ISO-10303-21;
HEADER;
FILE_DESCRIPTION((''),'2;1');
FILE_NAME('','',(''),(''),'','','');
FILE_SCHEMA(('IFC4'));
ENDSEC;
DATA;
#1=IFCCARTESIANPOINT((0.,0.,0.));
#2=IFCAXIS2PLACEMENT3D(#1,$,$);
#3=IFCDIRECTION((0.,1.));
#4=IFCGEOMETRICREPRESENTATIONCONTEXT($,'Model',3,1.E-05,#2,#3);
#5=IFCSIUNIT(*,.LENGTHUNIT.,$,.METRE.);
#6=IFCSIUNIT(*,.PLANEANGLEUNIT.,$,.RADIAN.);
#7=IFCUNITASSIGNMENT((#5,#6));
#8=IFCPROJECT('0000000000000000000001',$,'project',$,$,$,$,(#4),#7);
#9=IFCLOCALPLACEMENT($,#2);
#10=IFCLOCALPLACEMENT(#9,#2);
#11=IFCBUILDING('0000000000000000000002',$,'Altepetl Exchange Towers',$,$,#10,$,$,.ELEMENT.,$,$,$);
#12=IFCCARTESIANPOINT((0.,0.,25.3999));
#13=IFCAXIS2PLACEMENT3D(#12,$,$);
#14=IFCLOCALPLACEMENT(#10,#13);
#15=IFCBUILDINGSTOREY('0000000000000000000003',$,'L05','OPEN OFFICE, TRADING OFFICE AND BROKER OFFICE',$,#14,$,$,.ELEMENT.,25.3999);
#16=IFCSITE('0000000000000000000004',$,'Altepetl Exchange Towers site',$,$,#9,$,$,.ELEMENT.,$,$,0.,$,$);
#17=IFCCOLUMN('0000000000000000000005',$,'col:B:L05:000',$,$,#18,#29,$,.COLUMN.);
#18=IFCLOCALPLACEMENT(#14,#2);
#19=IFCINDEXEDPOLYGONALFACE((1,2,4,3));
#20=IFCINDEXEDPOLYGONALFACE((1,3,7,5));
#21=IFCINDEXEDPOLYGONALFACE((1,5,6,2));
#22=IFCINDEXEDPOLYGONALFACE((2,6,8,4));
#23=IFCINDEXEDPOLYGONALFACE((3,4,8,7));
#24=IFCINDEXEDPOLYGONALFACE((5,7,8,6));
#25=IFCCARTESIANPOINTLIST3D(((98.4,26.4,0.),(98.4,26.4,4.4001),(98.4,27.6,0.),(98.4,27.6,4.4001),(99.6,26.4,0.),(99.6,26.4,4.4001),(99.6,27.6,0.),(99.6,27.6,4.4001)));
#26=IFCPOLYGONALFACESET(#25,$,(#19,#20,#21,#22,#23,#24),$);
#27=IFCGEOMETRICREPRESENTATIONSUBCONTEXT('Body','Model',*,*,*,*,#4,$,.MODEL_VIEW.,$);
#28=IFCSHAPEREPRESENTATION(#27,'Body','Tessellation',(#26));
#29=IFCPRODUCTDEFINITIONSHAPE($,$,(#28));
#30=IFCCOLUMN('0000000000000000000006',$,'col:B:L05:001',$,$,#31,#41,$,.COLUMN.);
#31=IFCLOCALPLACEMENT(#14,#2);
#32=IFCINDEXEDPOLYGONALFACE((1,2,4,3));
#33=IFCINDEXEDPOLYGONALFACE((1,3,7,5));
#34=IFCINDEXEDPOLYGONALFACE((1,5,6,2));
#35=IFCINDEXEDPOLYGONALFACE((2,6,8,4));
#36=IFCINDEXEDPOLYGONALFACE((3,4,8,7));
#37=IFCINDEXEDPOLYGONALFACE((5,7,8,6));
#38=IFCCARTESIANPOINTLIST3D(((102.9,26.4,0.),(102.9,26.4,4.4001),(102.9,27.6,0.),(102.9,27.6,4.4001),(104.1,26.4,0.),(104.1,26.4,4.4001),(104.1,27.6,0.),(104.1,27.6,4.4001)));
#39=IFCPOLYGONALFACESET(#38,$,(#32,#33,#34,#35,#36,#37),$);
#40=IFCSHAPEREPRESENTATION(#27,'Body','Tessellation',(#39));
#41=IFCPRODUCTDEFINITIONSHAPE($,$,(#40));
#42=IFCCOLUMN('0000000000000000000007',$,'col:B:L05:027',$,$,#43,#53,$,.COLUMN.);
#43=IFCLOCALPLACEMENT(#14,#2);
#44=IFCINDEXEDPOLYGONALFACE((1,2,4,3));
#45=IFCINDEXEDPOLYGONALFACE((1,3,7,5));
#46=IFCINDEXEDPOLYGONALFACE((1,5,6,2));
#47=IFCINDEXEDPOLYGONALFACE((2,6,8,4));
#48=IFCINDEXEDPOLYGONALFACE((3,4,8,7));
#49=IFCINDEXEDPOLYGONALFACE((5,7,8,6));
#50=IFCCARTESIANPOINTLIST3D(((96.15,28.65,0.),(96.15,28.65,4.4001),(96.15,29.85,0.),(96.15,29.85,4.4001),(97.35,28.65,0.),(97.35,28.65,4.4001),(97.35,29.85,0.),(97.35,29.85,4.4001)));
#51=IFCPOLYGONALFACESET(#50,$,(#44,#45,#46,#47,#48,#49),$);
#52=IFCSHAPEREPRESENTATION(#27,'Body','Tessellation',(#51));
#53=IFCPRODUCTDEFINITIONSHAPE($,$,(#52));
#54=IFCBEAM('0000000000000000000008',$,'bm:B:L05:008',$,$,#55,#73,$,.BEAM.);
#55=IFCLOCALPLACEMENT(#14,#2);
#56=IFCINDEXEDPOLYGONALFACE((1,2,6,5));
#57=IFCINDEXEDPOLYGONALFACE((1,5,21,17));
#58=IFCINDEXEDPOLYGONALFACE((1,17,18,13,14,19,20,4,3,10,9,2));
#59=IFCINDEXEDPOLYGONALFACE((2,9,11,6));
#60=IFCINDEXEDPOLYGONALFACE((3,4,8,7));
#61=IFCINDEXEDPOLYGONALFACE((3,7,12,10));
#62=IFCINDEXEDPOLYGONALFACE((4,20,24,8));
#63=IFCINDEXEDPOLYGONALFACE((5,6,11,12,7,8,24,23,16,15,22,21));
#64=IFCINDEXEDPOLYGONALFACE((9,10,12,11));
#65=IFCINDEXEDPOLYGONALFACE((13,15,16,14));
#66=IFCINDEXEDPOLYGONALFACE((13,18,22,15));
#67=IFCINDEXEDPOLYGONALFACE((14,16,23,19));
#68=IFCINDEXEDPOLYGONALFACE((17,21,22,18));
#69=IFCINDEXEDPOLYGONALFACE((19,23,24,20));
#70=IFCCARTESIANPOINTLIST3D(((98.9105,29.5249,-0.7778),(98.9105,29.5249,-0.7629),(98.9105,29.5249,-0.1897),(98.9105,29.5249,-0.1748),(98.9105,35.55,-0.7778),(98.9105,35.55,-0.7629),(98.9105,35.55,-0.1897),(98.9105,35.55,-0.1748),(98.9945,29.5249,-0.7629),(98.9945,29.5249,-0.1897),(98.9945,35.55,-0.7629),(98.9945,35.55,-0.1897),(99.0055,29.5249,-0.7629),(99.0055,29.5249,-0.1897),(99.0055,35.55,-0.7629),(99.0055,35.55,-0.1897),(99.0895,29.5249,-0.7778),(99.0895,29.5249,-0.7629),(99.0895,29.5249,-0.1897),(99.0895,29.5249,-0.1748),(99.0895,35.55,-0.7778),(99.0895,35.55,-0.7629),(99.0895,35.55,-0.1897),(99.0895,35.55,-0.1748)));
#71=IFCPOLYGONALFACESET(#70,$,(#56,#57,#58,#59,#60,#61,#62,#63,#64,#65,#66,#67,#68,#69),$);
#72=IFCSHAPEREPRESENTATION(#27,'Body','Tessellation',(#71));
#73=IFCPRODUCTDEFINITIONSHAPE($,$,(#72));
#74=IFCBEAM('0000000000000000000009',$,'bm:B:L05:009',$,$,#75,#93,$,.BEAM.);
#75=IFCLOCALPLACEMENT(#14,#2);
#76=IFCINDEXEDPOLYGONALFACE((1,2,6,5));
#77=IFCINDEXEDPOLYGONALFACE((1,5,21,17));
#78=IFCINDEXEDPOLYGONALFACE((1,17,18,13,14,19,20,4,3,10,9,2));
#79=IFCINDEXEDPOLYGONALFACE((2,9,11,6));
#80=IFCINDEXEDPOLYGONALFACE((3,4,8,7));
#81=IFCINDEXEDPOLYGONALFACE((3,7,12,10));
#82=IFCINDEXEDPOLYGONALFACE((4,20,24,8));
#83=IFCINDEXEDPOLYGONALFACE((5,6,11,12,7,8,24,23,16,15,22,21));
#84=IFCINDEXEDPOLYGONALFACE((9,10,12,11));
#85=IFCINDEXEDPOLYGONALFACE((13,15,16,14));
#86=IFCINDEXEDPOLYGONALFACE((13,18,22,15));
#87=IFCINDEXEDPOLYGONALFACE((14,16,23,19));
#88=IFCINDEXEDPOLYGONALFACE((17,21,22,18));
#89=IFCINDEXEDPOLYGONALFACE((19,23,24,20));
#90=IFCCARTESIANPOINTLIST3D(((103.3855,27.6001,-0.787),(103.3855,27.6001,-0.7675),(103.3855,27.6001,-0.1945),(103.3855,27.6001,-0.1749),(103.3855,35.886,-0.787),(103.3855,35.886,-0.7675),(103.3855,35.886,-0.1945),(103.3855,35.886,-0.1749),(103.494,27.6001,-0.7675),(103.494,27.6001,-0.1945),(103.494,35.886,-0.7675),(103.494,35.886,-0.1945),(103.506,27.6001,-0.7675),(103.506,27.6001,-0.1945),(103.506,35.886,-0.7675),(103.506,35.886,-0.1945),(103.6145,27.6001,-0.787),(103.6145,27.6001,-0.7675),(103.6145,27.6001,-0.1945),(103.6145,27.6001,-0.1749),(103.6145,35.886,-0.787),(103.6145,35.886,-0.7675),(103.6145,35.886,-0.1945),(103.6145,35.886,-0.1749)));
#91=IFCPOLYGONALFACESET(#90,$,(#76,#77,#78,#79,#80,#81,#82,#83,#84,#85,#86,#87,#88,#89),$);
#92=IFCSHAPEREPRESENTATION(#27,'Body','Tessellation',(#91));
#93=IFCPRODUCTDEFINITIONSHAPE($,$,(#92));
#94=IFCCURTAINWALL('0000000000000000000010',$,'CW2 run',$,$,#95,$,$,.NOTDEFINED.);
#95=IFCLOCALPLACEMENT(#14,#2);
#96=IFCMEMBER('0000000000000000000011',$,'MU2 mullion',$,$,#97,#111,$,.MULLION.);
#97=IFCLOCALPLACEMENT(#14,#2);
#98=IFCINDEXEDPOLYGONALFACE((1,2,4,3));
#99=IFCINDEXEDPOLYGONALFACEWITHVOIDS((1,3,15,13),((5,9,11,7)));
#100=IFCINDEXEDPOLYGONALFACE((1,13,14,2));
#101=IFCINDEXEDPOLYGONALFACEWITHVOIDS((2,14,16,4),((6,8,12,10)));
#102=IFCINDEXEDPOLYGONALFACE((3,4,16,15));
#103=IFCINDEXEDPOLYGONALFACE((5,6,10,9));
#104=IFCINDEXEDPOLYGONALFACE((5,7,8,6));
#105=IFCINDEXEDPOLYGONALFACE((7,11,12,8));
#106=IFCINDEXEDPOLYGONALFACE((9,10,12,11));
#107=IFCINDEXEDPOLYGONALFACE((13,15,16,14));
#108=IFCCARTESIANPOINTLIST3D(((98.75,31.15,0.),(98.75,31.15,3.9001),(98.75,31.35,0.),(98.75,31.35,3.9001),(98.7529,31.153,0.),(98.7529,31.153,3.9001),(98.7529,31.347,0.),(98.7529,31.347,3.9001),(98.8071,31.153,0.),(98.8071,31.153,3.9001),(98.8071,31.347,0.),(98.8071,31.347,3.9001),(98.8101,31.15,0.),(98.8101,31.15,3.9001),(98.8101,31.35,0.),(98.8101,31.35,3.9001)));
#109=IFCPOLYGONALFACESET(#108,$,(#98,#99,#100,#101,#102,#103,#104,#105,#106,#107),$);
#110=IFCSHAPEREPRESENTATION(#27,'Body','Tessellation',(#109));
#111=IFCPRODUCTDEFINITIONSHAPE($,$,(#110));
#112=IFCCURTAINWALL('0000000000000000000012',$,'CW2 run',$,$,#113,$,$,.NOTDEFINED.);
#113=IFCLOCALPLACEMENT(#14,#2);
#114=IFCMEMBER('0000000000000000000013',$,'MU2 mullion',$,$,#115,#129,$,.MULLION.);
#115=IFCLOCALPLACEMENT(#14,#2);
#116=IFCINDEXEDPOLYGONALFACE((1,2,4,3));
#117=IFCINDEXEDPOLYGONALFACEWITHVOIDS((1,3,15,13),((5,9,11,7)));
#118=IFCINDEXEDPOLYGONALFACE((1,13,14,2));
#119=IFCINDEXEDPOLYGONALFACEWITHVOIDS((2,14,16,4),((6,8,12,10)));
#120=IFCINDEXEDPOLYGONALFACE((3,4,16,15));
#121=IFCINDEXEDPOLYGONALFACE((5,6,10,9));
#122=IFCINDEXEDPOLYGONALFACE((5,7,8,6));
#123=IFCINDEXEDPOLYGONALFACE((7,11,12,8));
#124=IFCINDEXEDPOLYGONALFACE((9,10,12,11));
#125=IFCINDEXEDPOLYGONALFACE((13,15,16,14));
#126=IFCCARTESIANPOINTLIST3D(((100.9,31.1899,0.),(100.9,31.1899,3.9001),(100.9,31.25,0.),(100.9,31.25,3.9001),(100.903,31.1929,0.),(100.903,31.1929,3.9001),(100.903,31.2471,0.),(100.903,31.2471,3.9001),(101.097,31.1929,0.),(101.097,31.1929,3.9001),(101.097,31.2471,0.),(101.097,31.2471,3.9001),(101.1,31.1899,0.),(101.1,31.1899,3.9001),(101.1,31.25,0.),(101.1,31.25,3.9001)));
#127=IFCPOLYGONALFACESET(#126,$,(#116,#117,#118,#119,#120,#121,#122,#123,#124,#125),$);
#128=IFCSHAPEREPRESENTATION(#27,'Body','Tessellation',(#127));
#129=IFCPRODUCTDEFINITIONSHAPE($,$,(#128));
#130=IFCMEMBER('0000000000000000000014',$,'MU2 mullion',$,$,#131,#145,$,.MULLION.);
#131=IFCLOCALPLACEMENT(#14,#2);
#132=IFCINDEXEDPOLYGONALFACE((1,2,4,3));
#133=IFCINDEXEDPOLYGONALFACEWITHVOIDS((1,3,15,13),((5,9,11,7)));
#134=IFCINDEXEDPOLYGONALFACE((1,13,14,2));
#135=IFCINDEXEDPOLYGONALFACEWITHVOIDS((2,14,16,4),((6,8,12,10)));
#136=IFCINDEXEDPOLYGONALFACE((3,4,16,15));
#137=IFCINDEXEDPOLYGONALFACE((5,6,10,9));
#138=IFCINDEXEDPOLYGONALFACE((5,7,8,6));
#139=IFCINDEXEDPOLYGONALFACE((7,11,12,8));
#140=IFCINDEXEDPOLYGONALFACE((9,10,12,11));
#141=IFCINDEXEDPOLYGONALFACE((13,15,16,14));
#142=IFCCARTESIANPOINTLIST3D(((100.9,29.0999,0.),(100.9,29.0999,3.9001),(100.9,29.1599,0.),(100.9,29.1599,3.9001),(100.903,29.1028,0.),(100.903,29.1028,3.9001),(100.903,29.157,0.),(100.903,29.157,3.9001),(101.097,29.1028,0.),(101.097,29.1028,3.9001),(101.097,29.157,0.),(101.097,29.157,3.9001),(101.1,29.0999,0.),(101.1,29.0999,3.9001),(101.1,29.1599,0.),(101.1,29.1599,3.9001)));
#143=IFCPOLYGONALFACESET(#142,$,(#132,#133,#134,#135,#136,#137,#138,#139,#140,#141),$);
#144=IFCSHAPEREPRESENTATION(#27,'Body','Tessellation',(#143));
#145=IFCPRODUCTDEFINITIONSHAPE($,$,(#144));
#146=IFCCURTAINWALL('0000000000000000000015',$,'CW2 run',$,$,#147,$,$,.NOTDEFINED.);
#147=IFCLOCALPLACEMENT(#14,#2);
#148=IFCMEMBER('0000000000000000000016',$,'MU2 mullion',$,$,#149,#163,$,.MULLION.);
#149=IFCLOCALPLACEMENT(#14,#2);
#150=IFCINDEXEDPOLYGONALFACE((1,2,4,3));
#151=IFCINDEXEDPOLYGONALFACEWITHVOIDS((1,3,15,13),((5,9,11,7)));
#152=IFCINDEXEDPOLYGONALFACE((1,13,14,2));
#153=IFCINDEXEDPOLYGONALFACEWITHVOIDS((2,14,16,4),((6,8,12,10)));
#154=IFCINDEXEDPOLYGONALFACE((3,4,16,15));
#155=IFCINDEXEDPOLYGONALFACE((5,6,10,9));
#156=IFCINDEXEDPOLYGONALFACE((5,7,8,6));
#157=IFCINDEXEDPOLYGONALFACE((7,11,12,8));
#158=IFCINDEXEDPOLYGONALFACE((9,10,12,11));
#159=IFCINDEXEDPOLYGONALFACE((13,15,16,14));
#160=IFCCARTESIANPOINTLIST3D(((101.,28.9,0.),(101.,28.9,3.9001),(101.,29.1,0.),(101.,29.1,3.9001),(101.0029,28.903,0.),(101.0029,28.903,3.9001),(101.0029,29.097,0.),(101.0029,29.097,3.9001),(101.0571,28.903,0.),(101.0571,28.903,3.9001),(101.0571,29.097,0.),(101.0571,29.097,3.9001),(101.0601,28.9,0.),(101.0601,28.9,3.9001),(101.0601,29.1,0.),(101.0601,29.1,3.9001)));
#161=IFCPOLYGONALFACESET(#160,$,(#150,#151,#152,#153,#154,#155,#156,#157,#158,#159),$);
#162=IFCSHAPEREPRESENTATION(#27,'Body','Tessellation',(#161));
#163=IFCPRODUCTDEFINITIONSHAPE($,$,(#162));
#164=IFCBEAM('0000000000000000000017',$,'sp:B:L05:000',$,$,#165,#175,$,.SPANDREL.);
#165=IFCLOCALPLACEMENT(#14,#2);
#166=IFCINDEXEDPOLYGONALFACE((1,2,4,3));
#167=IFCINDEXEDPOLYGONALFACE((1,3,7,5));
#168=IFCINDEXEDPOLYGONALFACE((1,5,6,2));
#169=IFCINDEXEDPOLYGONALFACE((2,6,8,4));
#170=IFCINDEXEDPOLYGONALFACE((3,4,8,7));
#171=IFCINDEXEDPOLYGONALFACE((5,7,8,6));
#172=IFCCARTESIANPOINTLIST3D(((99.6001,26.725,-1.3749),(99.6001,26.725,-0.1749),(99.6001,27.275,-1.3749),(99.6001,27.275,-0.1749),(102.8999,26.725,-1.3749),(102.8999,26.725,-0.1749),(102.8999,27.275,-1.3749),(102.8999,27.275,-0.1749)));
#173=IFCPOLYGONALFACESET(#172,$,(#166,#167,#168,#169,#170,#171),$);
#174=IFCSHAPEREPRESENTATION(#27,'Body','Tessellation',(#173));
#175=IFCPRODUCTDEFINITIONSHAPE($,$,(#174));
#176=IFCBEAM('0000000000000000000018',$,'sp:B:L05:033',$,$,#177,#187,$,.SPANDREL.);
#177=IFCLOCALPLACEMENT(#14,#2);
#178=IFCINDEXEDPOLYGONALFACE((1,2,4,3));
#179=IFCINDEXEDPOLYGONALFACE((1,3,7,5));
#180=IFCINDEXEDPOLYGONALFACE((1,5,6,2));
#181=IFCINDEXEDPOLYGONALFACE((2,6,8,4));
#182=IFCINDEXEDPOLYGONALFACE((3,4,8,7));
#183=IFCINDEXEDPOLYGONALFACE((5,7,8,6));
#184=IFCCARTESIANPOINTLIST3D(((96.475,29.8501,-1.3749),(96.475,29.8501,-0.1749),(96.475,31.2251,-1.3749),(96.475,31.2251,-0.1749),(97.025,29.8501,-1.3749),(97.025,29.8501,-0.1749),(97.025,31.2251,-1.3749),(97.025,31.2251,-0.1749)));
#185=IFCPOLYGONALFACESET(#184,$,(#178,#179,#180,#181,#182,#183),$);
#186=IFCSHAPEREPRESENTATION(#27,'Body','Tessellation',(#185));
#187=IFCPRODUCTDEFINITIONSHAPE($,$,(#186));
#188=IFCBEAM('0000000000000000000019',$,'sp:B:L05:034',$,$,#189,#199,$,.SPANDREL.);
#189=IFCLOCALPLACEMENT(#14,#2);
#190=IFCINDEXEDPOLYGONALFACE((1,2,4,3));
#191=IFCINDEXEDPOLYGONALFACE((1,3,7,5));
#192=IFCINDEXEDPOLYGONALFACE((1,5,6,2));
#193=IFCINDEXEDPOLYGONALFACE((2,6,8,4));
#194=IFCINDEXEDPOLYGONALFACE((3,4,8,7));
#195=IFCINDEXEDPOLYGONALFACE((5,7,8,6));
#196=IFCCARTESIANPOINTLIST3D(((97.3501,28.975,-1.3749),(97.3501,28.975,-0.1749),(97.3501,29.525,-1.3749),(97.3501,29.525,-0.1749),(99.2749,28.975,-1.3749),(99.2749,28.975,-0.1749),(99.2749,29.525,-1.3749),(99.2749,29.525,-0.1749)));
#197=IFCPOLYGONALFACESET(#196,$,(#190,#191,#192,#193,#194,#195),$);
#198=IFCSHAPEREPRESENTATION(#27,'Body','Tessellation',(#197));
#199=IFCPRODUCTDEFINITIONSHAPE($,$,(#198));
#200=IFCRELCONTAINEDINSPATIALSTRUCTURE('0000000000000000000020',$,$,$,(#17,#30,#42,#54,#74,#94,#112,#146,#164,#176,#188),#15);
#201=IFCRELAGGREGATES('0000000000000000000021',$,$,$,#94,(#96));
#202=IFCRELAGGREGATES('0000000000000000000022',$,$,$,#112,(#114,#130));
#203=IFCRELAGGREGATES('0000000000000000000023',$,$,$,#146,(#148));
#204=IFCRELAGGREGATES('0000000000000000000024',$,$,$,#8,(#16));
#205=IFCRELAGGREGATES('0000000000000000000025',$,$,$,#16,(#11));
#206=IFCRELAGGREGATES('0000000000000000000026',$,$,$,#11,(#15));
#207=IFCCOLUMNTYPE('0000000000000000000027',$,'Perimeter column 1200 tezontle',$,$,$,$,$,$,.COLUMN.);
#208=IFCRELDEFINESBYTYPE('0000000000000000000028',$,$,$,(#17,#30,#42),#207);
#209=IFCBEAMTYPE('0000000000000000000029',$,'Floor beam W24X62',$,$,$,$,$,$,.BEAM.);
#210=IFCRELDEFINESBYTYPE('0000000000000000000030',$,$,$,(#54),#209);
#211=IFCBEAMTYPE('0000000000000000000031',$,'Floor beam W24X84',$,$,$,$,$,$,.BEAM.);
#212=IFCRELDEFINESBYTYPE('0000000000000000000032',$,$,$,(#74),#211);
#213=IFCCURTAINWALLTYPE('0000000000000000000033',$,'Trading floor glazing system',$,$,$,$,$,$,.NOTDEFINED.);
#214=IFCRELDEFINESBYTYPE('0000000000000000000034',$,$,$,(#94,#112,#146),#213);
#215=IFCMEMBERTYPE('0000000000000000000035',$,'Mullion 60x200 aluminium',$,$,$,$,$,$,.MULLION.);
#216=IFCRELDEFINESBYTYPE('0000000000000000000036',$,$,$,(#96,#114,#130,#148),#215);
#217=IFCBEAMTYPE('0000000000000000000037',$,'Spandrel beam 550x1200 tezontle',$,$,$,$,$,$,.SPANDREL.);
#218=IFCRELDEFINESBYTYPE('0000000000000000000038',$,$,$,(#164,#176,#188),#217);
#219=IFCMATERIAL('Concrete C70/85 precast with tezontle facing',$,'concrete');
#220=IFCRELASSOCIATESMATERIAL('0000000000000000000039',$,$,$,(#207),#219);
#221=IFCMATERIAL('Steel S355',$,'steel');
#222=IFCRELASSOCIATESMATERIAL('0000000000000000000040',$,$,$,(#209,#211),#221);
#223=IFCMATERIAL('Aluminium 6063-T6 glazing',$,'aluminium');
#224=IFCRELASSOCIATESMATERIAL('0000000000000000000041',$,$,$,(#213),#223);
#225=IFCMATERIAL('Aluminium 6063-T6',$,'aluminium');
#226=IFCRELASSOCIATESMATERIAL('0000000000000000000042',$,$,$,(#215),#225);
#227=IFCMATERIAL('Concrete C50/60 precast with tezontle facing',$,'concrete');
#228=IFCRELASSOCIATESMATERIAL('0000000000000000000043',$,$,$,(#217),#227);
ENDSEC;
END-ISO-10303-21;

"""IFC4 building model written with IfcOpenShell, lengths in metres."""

from ifc_helpers import new_model, si_unit, direction, frame, origin, origin_2d, place, context, subcontext, project, spatial, rectangle, hollow_rectangle, i_section, extrude, material, material_profile, profile_set, type_object, element, aggregate, save


model = new_model("IFC4")

# Units and contexts
model_context = context("Model", 3, precision=1e-05, world=origin(), true_north=direction((0.0, 1.0)))
body_context = subcontext(model_context, "Body", "Model", "MODEL_VIEW")
ifc_project = project(units=[si_unit("LENGTHUNIT", "METRE"), si_unit("PLANEANGLEUNIT", "RADIAN")], contexts=[model_context])

# Site, building, storey
site_placement = place(None, origin())
site = spatial("IfcSite", under=ifc_project, at=site_placement, Name="Altepetl Exchange Towers site", CompositionType="ELEMENT", RefElevation=0.0)
building_placement = place(site_placement, origin())
building = spatial("IfcBuilding", under=site, at=building_placement, Name="Altepetl Exchange Towers", CompositionType="ELEMENT")
storey_placement = place(building_placement, frame((0.0, 0.0, 25.3999)))
storey = spatial("IfcBuildingStorey", under=building, at=storey_placement, Name="L05", Description="OPEN OFFICE, TRADING OFFICE AND BROKER OFFICE", CompositionType="ELEMENT", Elevation=25.3999)

# Columns
ifc_material_1 = material(Name="Concrete C70/85 precast with tezontle facing", Category="concrete")
ifc_material_profile_1 = material_profile(ifc_material_1, rectangle(XDim=1.2, YDim=1.2, at=origin_2d()), Name="1200 x 1200")
ifc_profile_set_1 = profile_set([ifc_material_profile_1], Name="Concrete C70/85 precast with tezontle facing")
column_type = type_object("IfcColumnType", Name="Perimeter column 1200 tezontle", PredefinedType="COLUMN", material=ifc_profile_set_1)
for number, where, name in (
    (1, (99.0, 27.0, 0.0), "col:B:L05:000"),
    (2, (103.5, 27.0, 0.0), "col:B:L05:001"),
    (3, (96.75, 29.25, 0.0), "col:B:L05:027"),
):
    element("IfcColumn", number, at=place(storey_placement, frame(where)), inside=storey, type_object=column_type, Name=name, PredefinedType="COLUMN", context=body_context, shape_type="SweptSolid", body=[
        extrude(rectangle(XDim=1.2, YDim=1.2, at=origin_2d()), origin(), (0.0, 0.0, 1.0), 4.4001),
    ])

# Beams
ifc_material_2 = material(Name="Steel S355", Category="steel")
ifc_material_profile_2 = material_profile(ifc_material_2, i_section(OverallWidth=0.179, OverallDepth=0.603, WebThickness=0.011, FlangeThickness=0.0149, at=origin_2d()), Name="W24X62")
ifc_profile_set_2 = profile_set([ifc_material_profile_2], Name="Steel S355")
beam_type_1 = type_object("IfcBeamType", Name="Floor beam W24X62", PredefinedType="BEAM", material=ifc_profile_set_2)
beam_1_placement = place(storey_placement, frame((99.0, 29.5249, -0.4763), z_axis=(0.0, 1.0, 0.0), x_axis=(-1.0, 0.0, 0.0)))
element("IfcBeam", 4, at=beam_1_placement, inside=storey, type_object=beam_type_1, Name="bm:B:L05:008", PredefinedType="BEAM", context=body_context, shape_type="SweptSolid", body=[
    extrude(i_section(OverallWidth=0.179, OverallDepth=0.603, WebThickness=0.011, FlangeThickness=0.0149, at=origin_2d()), origin(), (0.0, 0.0, 1.0), 6.0251),
])
ifc_material_profile_3 = material_profile(ifc_material_2, i_section(OverallWidth=0.229, OverallDepth=0.6121, WebThickness=0.012, FlangeThickness=0.0195, at=origin_2d()), Name="W24X84")
ifc_profile_set_3 = profile_set([ifc_material_profile_3], Name="Steel S355")
beam_type_2 = type_object("IfcBeamType", Name="Floor beam W24X84", PredefinedType="BEAM", material=ifc_profile_set_3)
beam_2_placement = place(storey_placement, frame((103.5, 27.6001, -0.481), z_axis=(0.0, 1.0, 0.0), x_axis=(-1.0, 0.0, 0.0)))
element("IfcBeam", 5, at=beam_2_placement, inside=storey, type_object=beam_type_2, Name="bm:B:L05:009", PredefinedType="BEAM", context=body_context, shape_type="SweptSolid", body=[
    extrude(i_section(OverallWidth=0.229, OverallDepth=0.6121, WebThickness=0.012, FlangeThickness=0.0195, at=origin_2d()), origin(), (0.0, 0.0, 1.0), 8.2859),
])

# Curtain wall, member
ifc_material_3 = material(Name="Aluminium 6063-T6 glazing", Category="aluminium")
curtain_wall_type = type_object("IfcCurtainWallType", Name="Trading floor glazing system", PredefinedType="NOTDEFINED", material=ifc_material_3)
curtain_wall_1_placement = place(storey_placement, origin())
curtain_wall_1 = element("IfcCurtainWall", 6, at=curtain_wall_1_placement, inside=storey, type_object=curtain_wall_type, Name="CW2 run", PredefinedType="NOTDEFINED")
ifc_material_4 = material(Name="Aluminium 6063-T6", Category="aluminium")
ifc_material_profile_4 = material_profile(ifc_material_4, hollow_rectangle(XDim=0.0601, YDim=0.2, WallThickness=0.0029, at=origin_2d()), Name="Mullion 60x200 aluminium")
ifc_profile_set_4 = profile_set([ifc_material_profile_4], Name="Aluminium 6063-T6")
member_type = type_object("IfcMemberType", Name="Mullion 60x200 aluminium", PredefinedType="MULLION", material=ifc_profile_set_4)
member_1_placement = place(storey_placement, frame((98.78, 31.25, 0.0)))
member_1 = element("IfcMember", 7, at=member_1_placement, type_object=member_type, Name="MU2 mullion", PredefinedType="MULLION", context=body_context, shape_type="SweptSolid", body=[
    extrude(hollow_rectangle(XDim=0.0601, YDim=0.2, WallThickness=0.0029, at=origin_2d()), origin(), (0.0, 0.0, 1.0), 3.9001),
])

# Curtain wall, members
curtain_wall_2_placement = place(storey_placement, origin())
curtain_wall_2 = element("IfcCurtainWall", 8, at=curtain_wall_2_placement, inside=storey, type_object=curtain_wall_type, Name="CW2 run", PredefinedType="NOTDEFINED")
member_2_placement = place(storey_placement, frame((101.0, 31.22, 0.0), z_axis=(0.0, 0.0, 1.0), x_axis=(0.0, -1.0, 0.0)))
member_2 = element("IfcMember", 9, at=member_2_placement, type_object=member_type, Name="MU2 mullion", PredefinedType="MULLION", context=body_context, shape_type="SweptSolid", body=[
    extrude(hollow_rectangle(XDim=0.0601, YDim=0.2, WallThickness=0.0029, at=origin_2d()), origin(), (0.0, 0.0, 1.0), 3.9001),
])
member_3_placement = place(storey_placement, frame((101.0, 29.1299, 0.0), z_axis=(0.0, 0.0, 1.0), x_axis=(0.0, -1.0, 0.0)))
member_3 = element("IfcMember", 10, at=member_3_placement, type_object=member_type, Name="MU2 mullion", PredefinedType="MULLION", context=body_context, shape_type="SweptSolid", body=[
    extrude(hollow_rectangle(XDim=0.0601, YDim=0.2, WallThickness=0.0029, at=origin_2d()), origin(), (0.0, 0.0, 1.0), 3.9001),
])

# Curtain wall, member
curtain_wall_3_placement = place(storey_placement, origin())
curtain_wall_3 = element("IfcCurtainWall", 11, at=curtain_wall_3_placement, inside=storey, type_object=curtain_wall_type, Name="CW2 run", PredefinedType="NOTDEFINED")
member_4_placement = place(storey_placement, frame((101.03, 29.0, 0.0)))
member_4 = element("IfcMember", 12, at=member_4_placement, type_object=member_type, Name="MU2 mullion", PredefinedType="MULLION", context=body_context, shape_type="SweptSolid", body=[
    extrude(hollow_rectangle(XDim=0.0601, YDim=0.2, WallThickness=0.0029, at=origin_2d()), origin(), (0.0, 0.0, 1.0), 3.9001),
])

# Beams
ifc_material_5 = material(Name="Concrete C50/60 precast with tezontle facing", Category="concrete")
ifc_material_profile_5 = material_profile(ifc_material_5, rectangle(XDim=0.55, YDim=1.2, at=origin_2d()), Name="550 x 1200")
ifc_profile_set_5 = profile_set([ifc_material_profile_5], Name="Concrete C50/60 precast with tezontle facing")
beam_type_3 = type_object("IfcBeamType", Name="Spandrel beam 550x1200 tezontle", PredefinedType="SPANDREL", material=ifc_profile_set_5)
beam_3_placement = place(storey_placement, frame((99.6001, 27.0, -0.7749), z_axis=(1.0, 0.0, 0.0), x_axis=(0.0, 1.0, 0.0)))
element("IfcBeam", 13, at=beam_3_placement, inside=storey, type_object=beam_type_3, Name="sp:B:L05:000", PredefinedType="SPANDREL", context=body_context, shape_type="SweptSolid", body=[
    extrude(rectangle(XDim=0.55, YDim=1.2, at=origin_2d()), origin(), (0.0, 0.0, 1.0), 3.2998),
])
beam_4_placement = place(storey_placement, frame((96.75, 31.2251, -0.7749), z_axis=(0.0, -1.0, 0.0), x_axis=(1.0, 0.0, 0.0)))
element("IfcBeam", 14, at=beam_4_placement, inside=storey, type_object=beam_type_3, Name="sp:B:L05:033", PredefinedType="SPANDREL", context=body_context, shape_type="SweptSolid", body=[
    extrude(rectangle(XDim=0.55, YDim=1.2, at=origin_2d()), origin(), (0.0, 0.0, 1.0), 1.375),
])
beam_5_placement = place(storey_placement, frame((97.3501, 29.25, -0.7749), z_axis=(1.0, 0.0, 0.0), x_axis=(0.0, 1.0, 0.0)))
element("IfcBeam", 15, at=beam_5_placement, inside=storey, type_object=beam_type_3, Name="sp:B:L05:034", PredefinedType="SPANDREL", context=body_context, shape_type="SweptSolid", body=[
    extrude(rectangle(XDim=0.55, YDim=1.2, at=origin_2d()), origin(), (0.0, 0.0, 1.0), 1.9248),
])

aggregate(curtain_wall_1, [member_1])
aggregate(curtain_wall_2, [member_2, member_3])
aggregate(curtain_wall_3, [member_4])

save(model, "model.ifc")
